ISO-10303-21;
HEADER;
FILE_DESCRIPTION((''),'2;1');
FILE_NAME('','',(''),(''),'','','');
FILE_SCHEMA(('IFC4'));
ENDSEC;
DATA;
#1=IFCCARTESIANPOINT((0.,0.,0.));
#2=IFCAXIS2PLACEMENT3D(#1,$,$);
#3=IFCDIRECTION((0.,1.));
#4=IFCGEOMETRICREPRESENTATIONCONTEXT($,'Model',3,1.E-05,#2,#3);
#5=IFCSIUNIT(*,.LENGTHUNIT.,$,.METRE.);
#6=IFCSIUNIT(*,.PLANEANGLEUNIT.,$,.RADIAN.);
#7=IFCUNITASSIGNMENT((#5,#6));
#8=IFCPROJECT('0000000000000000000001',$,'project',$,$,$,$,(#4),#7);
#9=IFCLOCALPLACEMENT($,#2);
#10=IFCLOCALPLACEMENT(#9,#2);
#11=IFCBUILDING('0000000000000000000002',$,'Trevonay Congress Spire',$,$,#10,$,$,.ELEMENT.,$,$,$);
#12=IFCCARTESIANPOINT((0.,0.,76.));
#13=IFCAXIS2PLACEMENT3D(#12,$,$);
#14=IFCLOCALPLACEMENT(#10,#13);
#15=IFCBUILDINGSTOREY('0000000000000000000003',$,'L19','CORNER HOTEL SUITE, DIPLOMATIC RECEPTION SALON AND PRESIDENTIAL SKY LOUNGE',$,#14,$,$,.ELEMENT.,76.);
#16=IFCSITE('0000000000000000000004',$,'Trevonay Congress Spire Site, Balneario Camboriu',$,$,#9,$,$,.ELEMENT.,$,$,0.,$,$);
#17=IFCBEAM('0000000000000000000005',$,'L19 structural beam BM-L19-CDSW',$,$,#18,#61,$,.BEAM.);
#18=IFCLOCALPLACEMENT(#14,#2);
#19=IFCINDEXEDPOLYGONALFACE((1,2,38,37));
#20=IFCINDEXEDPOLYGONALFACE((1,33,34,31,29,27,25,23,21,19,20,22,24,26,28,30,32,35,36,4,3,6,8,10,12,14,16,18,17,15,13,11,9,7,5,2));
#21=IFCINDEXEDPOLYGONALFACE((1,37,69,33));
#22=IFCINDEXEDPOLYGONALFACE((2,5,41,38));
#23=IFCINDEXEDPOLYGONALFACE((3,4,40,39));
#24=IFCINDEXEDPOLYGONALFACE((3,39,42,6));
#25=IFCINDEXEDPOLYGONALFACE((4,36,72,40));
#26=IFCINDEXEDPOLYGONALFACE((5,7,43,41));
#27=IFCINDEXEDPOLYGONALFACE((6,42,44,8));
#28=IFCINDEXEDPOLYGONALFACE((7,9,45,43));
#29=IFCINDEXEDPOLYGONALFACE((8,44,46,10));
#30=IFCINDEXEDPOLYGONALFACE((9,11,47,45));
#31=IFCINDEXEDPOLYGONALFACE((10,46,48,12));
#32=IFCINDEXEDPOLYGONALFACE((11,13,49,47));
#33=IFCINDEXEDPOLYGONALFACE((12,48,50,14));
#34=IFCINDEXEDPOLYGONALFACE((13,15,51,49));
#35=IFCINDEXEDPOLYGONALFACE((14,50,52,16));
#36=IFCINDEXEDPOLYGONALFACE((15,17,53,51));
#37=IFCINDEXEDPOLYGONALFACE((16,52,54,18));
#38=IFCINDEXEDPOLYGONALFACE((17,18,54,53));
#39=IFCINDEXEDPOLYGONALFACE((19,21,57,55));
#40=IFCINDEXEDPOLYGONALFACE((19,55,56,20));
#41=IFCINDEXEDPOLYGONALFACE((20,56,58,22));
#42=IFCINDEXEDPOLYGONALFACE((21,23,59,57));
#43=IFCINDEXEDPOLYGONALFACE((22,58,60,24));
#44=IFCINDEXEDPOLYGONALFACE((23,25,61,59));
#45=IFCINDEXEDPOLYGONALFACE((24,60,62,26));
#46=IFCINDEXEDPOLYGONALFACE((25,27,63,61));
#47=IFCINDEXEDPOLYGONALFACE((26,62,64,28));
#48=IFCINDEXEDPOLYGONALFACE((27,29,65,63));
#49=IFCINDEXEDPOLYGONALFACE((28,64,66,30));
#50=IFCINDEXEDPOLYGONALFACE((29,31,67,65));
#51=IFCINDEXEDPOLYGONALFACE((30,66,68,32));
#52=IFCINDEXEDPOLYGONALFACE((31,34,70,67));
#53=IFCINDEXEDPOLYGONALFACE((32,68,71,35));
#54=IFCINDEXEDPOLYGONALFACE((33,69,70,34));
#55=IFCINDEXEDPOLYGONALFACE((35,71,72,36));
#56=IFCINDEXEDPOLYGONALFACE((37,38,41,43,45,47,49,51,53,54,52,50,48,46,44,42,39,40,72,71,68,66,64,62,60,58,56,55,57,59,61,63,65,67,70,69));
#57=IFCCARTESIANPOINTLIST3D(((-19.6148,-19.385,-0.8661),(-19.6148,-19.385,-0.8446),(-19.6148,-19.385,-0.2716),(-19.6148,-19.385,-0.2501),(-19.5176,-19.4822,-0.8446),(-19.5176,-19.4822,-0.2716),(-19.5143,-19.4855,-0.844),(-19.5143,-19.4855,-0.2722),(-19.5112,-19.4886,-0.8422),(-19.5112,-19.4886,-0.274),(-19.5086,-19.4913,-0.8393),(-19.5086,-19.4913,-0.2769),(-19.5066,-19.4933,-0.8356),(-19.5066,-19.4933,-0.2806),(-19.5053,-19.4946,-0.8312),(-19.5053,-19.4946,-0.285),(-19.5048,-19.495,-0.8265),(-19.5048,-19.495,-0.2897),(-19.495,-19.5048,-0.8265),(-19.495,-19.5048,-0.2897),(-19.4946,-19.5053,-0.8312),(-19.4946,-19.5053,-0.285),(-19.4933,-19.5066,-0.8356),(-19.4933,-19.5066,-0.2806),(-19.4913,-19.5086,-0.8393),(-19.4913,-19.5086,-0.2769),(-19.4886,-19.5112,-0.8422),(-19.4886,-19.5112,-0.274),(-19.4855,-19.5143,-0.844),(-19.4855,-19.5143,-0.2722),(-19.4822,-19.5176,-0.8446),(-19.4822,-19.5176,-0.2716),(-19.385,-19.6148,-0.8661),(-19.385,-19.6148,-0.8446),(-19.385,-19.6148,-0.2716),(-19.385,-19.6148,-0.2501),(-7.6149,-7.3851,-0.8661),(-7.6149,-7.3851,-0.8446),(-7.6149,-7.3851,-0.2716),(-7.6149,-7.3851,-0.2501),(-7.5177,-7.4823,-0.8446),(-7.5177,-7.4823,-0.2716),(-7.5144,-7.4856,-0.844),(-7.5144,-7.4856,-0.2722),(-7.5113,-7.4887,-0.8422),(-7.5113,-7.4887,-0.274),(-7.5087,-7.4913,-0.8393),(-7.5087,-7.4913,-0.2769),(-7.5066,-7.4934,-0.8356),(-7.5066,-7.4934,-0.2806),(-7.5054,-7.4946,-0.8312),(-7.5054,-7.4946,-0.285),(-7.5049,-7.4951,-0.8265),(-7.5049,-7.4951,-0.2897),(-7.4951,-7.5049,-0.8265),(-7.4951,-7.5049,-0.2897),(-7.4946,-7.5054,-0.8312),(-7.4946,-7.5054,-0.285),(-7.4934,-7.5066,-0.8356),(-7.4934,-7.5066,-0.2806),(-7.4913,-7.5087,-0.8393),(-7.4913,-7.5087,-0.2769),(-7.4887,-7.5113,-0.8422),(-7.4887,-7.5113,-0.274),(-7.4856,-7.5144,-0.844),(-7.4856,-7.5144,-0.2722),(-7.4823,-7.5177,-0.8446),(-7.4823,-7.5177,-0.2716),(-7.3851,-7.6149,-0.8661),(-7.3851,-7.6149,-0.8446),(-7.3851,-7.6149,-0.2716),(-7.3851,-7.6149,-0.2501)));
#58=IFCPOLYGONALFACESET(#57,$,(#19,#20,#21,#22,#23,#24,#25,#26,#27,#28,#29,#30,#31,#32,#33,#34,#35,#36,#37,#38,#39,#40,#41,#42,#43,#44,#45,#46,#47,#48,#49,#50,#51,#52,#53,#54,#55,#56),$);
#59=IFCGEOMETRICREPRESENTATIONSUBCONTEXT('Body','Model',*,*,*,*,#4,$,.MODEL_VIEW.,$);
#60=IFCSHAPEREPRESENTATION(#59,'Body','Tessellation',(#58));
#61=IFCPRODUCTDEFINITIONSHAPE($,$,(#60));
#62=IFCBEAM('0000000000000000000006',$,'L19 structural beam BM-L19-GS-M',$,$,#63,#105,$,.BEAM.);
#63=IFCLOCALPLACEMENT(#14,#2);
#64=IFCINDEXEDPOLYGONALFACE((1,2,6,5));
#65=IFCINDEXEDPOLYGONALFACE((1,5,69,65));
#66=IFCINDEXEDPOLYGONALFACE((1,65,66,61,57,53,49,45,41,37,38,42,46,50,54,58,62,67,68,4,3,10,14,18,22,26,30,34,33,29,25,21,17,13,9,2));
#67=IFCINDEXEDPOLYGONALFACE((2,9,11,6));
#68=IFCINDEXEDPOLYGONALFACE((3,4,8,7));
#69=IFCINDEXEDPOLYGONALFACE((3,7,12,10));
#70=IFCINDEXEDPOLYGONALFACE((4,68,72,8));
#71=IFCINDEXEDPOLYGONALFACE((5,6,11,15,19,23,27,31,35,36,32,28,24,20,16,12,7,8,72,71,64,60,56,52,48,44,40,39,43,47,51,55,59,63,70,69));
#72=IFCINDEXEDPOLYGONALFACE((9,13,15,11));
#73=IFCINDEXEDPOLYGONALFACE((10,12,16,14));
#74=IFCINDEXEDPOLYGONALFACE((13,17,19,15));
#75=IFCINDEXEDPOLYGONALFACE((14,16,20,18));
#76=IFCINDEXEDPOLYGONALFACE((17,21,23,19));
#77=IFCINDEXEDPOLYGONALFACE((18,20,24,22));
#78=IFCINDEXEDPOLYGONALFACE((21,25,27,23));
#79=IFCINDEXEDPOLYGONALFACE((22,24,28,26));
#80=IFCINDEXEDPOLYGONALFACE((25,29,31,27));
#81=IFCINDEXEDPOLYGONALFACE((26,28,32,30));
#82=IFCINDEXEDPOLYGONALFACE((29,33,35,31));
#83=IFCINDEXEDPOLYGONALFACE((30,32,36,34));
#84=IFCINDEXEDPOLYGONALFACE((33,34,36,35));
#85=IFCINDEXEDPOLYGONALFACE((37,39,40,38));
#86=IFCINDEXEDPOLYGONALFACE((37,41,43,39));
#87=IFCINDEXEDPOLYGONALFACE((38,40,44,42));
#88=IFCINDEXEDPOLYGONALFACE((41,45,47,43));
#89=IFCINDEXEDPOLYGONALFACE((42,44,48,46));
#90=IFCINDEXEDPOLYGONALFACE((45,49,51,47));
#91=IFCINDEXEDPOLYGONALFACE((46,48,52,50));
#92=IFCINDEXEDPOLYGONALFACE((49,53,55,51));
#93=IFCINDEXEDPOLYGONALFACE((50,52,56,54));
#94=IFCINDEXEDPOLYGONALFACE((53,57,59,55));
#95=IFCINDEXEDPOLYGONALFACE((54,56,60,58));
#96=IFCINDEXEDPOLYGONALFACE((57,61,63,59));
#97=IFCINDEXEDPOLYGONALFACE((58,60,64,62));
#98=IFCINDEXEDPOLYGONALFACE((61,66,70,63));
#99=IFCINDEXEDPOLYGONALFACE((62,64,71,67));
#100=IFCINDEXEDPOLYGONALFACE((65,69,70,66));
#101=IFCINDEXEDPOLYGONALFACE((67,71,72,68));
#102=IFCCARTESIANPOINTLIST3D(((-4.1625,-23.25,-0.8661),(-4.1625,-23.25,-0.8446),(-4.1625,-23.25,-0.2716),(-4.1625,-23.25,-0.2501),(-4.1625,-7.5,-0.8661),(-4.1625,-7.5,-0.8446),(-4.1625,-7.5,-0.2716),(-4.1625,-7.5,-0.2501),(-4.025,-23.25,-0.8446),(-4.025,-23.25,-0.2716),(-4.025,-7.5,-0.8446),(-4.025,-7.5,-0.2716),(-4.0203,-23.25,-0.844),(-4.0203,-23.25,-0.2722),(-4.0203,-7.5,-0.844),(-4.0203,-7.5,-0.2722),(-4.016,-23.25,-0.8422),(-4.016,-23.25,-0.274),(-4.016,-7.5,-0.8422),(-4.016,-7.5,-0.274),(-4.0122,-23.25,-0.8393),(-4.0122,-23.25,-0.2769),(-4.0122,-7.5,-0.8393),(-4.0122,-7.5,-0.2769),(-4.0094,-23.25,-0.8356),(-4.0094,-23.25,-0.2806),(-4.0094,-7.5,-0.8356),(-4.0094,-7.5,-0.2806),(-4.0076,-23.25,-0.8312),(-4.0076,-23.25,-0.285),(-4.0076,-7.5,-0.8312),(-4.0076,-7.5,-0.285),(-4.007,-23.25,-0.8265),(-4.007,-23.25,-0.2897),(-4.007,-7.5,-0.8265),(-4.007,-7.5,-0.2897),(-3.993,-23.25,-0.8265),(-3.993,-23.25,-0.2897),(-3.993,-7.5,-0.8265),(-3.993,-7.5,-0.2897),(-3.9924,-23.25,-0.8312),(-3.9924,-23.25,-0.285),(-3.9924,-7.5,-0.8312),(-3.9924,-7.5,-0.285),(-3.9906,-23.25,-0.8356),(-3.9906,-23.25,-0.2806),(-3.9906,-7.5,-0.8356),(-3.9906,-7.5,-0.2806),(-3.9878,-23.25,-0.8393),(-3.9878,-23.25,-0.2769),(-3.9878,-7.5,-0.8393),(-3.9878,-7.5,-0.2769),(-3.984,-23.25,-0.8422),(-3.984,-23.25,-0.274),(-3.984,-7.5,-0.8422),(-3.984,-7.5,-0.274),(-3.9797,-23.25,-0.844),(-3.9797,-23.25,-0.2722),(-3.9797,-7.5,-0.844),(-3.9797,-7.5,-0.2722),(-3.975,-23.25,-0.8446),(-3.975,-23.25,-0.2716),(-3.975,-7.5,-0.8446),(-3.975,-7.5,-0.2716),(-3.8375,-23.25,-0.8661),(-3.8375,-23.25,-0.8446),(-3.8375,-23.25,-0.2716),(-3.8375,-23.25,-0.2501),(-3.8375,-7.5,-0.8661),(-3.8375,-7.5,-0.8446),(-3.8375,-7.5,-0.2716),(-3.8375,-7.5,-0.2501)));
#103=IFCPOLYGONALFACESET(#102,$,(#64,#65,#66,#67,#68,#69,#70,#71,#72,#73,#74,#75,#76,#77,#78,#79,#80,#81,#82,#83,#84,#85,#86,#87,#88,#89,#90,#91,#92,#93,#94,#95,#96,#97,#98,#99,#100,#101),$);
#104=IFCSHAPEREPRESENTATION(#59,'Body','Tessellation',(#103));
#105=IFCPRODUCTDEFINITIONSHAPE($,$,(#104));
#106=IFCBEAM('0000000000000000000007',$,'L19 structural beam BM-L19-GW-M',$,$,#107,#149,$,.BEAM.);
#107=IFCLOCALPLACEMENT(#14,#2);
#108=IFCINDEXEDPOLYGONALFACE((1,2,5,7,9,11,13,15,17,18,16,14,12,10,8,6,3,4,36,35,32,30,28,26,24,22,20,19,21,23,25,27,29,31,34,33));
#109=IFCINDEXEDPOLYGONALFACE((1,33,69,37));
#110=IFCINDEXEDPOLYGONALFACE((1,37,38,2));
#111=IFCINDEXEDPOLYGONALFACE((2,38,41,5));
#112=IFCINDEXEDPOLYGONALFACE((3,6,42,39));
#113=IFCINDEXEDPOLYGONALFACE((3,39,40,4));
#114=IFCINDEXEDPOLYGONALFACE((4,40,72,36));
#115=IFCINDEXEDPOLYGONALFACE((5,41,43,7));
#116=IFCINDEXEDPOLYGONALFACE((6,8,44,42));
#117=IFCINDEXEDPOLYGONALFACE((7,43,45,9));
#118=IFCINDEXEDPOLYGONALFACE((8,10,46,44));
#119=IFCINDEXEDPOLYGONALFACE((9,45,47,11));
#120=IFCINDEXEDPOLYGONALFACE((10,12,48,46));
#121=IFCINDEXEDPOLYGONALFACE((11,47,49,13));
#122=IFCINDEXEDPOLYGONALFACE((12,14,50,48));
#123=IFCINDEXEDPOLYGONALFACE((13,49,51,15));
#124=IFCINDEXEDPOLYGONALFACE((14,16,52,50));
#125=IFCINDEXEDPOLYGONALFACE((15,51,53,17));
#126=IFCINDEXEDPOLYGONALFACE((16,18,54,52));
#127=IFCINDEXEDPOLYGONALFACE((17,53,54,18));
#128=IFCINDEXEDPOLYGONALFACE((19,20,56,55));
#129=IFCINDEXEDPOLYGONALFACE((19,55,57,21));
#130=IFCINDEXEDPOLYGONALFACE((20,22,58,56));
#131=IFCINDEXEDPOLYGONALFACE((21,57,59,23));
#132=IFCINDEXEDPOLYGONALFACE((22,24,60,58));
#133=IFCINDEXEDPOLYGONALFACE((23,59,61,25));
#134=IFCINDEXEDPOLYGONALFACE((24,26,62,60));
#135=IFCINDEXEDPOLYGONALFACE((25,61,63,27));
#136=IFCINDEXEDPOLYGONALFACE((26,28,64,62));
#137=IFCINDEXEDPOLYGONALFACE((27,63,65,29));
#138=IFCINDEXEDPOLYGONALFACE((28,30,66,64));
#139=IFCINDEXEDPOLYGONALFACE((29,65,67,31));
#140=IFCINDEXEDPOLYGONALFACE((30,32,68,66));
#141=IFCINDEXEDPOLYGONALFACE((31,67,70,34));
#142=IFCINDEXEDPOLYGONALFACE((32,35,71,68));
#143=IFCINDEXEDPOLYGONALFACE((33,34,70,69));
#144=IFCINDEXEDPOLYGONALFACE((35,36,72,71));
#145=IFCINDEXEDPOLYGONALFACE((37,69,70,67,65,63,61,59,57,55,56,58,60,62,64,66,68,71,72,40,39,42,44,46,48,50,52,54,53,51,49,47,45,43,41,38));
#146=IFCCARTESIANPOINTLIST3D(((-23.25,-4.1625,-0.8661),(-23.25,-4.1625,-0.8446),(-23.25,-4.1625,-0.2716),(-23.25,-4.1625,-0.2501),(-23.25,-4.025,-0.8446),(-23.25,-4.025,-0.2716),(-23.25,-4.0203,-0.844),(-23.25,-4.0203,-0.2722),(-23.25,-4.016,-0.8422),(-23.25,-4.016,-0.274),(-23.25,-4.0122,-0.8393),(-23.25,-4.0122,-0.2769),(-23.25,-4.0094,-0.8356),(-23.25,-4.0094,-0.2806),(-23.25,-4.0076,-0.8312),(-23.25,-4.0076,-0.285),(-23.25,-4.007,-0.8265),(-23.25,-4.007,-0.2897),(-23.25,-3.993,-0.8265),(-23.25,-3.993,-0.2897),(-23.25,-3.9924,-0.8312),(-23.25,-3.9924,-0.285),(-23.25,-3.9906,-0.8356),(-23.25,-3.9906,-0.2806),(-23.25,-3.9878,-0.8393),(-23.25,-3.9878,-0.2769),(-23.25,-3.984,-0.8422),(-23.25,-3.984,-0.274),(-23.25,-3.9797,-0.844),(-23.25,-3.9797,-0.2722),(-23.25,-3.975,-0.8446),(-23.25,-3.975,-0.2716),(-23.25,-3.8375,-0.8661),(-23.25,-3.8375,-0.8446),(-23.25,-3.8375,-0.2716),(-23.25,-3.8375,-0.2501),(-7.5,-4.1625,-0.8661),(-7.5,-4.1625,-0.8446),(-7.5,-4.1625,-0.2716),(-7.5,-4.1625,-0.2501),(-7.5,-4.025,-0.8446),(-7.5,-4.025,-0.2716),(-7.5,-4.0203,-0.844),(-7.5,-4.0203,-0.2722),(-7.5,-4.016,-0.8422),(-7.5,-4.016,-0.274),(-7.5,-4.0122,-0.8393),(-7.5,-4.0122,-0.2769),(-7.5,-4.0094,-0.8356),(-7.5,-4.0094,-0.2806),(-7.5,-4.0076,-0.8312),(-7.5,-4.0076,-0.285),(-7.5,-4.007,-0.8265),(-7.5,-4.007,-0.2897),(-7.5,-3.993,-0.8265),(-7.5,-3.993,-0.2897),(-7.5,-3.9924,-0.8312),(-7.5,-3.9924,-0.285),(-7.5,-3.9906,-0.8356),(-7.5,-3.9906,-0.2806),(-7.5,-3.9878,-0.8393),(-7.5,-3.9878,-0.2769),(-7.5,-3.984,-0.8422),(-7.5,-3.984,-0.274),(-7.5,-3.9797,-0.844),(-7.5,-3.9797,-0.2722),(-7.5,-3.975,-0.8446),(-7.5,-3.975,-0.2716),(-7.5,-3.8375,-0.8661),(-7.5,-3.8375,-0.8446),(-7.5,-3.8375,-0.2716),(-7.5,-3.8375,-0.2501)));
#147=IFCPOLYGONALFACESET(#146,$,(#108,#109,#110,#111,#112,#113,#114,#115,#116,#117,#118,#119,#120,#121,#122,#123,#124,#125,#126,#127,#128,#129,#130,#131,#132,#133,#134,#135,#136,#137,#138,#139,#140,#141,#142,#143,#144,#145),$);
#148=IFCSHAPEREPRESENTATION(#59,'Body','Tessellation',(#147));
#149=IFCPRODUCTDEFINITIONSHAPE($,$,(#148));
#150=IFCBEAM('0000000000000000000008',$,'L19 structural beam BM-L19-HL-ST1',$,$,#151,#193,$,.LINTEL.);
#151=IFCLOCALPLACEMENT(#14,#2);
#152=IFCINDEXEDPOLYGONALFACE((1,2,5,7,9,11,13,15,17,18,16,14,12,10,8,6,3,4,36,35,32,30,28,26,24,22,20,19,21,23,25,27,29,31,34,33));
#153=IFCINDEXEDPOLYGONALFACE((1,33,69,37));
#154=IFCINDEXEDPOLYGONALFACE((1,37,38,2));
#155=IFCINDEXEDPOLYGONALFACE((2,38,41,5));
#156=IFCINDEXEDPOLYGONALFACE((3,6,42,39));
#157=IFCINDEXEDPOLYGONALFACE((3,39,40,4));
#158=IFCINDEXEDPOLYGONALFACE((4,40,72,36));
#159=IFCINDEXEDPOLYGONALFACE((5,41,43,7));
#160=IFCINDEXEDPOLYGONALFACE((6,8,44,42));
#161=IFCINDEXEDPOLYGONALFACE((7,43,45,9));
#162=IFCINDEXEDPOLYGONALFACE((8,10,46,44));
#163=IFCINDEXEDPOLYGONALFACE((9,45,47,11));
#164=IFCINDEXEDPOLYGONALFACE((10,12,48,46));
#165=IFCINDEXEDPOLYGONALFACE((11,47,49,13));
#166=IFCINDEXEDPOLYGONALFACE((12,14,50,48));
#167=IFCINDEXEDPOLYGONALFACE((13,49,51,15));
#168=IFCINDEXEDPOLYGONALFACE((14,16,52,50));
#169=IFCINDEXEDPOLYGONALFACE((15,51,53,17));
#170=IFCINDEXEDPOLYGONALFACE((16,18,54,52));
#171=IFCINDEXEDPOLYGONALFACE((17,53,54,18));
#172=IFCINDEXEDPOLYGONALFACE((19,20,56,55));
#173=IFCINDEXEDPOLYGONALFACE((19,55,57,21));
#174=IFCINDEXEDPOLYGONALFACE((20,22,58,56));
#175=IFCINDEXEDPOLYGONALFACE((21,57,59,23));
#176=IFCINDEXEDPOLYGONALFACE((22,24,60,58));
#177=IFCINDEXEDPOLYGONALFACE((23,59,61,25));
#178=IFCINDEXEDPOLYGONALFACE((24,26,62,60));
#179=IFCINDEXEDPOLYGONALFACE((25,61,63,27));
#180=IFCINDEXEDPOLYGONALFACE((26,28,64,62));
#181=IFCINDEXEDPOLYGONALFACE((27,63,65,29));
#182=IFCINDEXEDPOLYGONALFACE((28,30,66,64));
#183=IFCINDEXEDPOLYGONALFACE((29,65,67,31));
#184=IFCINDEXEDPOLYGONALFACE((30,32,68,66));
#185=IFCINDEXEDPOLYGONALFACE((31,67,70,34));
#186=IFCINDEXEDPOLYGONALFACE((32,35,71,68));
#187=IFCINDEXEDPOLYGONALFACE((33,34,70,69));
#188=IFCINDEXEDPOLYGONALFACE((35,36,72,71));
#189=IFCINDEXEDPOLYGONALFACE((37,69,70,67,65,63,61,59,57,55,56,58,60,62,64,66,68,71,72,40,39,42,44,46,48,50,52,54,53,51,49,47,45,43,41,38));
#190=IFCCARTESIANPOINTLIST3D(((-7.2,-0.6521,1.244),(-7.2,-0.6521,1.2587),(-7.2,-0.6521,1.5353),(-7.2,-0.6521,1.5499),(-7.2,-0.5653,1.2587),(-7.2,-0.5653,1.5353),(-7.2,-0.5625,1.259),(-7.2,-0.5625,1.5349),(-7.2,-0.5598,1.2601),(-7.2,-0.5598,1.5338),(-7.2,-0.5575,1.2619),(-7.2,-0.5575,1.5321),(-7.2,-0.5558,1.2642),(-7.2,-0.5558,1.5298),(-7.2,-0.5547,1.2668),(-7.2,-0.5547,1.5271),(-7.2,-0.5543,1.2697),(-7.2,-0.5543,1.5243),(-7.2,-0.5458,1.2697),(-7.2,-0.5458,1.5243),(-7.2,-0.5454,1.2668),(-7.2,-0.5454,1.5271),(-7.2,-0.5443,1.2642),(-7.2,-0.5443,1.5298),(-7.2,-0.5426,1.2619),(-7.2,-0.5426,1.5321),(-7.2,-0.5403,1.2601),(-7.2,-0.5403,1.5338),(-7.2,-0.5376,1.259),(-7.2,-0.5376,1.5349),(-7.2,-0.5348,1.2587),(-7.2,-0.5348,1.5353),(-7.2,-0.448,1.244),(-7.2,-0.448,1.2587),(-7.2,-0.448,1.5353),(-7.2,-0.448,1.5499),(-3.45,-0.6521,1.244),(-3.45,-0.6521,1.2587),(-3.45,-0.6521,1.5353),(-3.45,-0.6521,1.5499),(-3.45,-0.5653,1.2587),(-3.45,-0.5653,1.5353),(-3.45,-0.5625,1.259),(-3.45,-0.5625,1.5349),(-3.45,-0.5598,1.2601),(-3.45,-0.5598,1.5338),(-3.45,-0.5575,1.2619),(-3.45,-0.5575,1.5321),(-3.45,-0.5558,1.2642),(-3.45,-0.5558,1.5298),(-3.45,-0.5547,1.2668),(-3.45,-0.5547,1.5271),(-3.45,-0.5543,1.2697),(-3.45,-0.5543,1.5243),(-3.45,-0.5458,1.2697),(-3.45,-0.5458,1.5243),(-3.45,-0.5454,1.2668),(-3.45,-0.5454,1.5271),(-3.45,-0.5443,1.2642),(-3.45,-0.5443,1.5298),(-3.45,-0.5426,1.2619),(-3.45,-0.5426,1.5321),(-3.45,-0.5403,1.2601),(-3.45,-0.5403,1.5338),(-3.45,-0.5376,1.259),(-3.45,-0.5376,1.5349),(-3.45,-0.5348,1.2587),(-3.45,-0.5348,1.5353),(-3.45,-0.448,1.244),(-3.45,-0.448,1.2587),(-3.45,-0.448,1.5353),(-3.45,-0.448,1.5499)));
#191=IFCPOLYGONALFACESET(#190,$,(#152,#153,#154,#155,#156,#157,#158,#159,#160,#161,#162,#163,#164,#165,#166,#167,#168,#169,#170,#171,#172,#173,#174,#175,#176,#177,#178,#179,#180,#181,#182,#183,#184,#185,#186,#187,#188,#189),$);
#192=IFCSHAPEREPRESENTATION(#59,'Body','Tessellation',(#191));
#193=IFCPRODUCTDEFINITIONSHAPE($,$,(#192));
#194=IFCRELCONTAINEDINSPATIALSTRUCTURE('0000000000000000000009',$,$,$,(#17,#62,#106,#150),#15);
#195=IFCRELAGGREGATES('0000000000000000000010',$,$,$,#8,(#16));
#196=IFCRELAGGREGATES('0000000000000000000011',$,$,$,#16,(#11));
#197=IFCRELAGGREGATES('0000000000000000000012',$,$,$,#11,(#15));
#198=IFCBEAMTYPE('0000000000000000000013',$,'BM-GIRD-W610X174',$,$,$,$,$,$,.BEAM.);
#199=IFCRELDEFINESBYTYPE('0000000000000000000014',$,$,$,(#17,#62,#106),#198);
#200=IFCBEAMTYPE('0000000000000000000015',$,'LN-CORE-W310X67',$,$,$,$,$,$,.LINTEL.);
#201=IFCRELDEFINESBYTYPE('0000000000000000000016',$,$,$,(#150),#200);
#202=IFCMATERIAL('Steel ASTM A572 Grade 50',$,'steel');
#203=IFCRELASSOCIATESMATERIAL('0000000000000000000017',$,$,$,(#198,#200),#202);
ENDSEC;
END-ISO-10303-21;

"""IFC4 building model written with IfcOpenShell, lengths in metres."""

from ifc_helpers import new_model, si_unit, direction, frame, origin, origin_2d, place, context, subcontext, project, spatial, i_section, extrude, material, material_profile, profile_set, type_object, element, save


model = new_model("IFC4")

# Units and contexts
model_context = context("Model", 3, precision=1e-05, world=origin(), true_north=direction((0.0, 1.0)))
body_context = subcontext(model_context, "Body", "Model", "MODEL_VIEW")
ifc_project = project(units=[si_unit("LENGTHUNIT", "METRE"), si_unit("PLANEANGLEUNIT", "RADIAN")], contexts=[model_context])

# Site, building, storey
site_placement = place(None, origin())
site = spatial("IfcSite", under=ifc_project, at=site_placement, Name="Trevonay Congress Spire Site, Balneario Camboriu", CompositionType="ELEMENT", RefElevation=0.0)
building_placement = place(site_placement, origin())
building = spatial("IfcBuilding", under=site, at=building_placement, Name="Trevonay Congress Spire", CompositionType="ELEMENT")
storey_placement = place(building_placement, frame((0.0, 0.0, 76.0)))
storey = spatial("IfcBuildingStorey", under=building, at=storey_placement, Name="L19", Description="CORNER HOTEL SUITE, DIPLOMATIC RECEPTION SALON AND PRESIDENTIAL SKY LOUNGE", CompositionType="ELEMENT", Elevation=76.0)

# Shared definitions
ifc_material_1 = material(Name="Steel ASTM A572 Grade 50", Category="steel")

# Beams
ifc_material_profile_1 = material_profile(ifc_material_1, i_section(OverallWidth=0.325, OverallDepth=0.616, WebThickness=0.0139, FlangeThickness=0.0215, FilletRadius=0.0181, at=origin_2d()), Name="W610x174")
ifc_profile_set_1 = profile_set([ifc_material_profile_1], Name="Steel ASTM A572 Grade 50")
beam_type_1 = type_object("IfcBeamType", Name="BM-GIRD-W610X174", PredefinedType="BEAM", material=ifc_profile_set_1)
beam_1_placement = place(storey_placement, frame((-7.5, -7.5, -0.5581), z_axis=(-0.707107, -0.707107, 0.0), x_axis=(0.707107, -0.707107, 0.0)))
element("IfcBeam", 1, at=beam_1_placement, inside=storey, type_object=beam_type_1, Name="L19 structural beam BM-L19-CDSW", PredefinedType="BEAM", context=body_context, shape_type="SweptSolid", body=[
    extrude(i_section(OverallWidth=0.325, OverallDepth=0.616, WebThickness=0.0139, FlangeThickness=0.0215, FilletRadius=0.0181, at=origin_2d()), origin(), (0.0, 0.0, 1.0), 16.9705),
])
for number, where, z_axis, x_axis, name in (
    (2, (-4.0, -7.5, -0.5581), (0.0, -1.0, 0.0), (1.0, 0.0, 0.0), "L19 structural beam BM-L19-GS-M"),
    (3, (-7.5, -4.0, -0.5581), (-1.0, 0.0, 0.0), (0.0, -1.0, 0.0), "L19 structural beam BM-L19-GW-M"),
):
    element("IfcBeam", number, at=place(storey_placement, frame(where, z_axis=z_axis, x_axis=x_axis)), inside=storey, type_object=beam_type_1, Name=name, PredefinedType="BEAM", context=body_context, shape_type="SweptSolid", body=[
        extrude(i_section(OverallWidth=0.325, OverallDepth=0.616, WebThickness=0.0139, FlangeThickness=0.0215, FilletRadius=0.0181, at=origin_2d()), origin(), (0.0, 0.0, 1.0), 15.75),
    ])
ifc_material_profile_2 = material_profile(ifc_material_1, i_section(OverallWidth=0.2041, OverallDepth=0.3059, WebThickness=0.0085, FlangeThickness=0.0146, FilletRadius=0.011, at=origin_2d()), Name="W310x67")
ifc_profile_set_2 = profile_set([ifc_material_profile_2], Name="Steel ASTM A572 Grade 50")
beam_type_2 = type_object("IfcBeamType", Name="LN-CORE-W310X67", PredefinedType="LINTEL", material=ifc_profile_set_2)
beam_2_placement = place(storey_placement, frame((-7.2, -0.55, 1.397), z_axis=(1.0, 0.0, 0.0), x_axis=(0.0, 1.0, 0.0)))
element("IfcBeam", 4, at=beam_2_placement, inside=storey, type_object=beam_type_2, Name="L19 structural beam BM-L19-HL-ST1", PredefinedType="LINTEL", context=body_context, shape_type="SweptSolid", body=[
    extrude(i_section(OverallWidth=0.2041, OverallDepth=0.3059, WebThickness=0.0085, FlangeThickness=0.0146, FilletRadius=0.011, at=origin_2d()), origin(), (0.0, 0.0, 1.0), 3.75),
])

save(model, "model.ifc")
